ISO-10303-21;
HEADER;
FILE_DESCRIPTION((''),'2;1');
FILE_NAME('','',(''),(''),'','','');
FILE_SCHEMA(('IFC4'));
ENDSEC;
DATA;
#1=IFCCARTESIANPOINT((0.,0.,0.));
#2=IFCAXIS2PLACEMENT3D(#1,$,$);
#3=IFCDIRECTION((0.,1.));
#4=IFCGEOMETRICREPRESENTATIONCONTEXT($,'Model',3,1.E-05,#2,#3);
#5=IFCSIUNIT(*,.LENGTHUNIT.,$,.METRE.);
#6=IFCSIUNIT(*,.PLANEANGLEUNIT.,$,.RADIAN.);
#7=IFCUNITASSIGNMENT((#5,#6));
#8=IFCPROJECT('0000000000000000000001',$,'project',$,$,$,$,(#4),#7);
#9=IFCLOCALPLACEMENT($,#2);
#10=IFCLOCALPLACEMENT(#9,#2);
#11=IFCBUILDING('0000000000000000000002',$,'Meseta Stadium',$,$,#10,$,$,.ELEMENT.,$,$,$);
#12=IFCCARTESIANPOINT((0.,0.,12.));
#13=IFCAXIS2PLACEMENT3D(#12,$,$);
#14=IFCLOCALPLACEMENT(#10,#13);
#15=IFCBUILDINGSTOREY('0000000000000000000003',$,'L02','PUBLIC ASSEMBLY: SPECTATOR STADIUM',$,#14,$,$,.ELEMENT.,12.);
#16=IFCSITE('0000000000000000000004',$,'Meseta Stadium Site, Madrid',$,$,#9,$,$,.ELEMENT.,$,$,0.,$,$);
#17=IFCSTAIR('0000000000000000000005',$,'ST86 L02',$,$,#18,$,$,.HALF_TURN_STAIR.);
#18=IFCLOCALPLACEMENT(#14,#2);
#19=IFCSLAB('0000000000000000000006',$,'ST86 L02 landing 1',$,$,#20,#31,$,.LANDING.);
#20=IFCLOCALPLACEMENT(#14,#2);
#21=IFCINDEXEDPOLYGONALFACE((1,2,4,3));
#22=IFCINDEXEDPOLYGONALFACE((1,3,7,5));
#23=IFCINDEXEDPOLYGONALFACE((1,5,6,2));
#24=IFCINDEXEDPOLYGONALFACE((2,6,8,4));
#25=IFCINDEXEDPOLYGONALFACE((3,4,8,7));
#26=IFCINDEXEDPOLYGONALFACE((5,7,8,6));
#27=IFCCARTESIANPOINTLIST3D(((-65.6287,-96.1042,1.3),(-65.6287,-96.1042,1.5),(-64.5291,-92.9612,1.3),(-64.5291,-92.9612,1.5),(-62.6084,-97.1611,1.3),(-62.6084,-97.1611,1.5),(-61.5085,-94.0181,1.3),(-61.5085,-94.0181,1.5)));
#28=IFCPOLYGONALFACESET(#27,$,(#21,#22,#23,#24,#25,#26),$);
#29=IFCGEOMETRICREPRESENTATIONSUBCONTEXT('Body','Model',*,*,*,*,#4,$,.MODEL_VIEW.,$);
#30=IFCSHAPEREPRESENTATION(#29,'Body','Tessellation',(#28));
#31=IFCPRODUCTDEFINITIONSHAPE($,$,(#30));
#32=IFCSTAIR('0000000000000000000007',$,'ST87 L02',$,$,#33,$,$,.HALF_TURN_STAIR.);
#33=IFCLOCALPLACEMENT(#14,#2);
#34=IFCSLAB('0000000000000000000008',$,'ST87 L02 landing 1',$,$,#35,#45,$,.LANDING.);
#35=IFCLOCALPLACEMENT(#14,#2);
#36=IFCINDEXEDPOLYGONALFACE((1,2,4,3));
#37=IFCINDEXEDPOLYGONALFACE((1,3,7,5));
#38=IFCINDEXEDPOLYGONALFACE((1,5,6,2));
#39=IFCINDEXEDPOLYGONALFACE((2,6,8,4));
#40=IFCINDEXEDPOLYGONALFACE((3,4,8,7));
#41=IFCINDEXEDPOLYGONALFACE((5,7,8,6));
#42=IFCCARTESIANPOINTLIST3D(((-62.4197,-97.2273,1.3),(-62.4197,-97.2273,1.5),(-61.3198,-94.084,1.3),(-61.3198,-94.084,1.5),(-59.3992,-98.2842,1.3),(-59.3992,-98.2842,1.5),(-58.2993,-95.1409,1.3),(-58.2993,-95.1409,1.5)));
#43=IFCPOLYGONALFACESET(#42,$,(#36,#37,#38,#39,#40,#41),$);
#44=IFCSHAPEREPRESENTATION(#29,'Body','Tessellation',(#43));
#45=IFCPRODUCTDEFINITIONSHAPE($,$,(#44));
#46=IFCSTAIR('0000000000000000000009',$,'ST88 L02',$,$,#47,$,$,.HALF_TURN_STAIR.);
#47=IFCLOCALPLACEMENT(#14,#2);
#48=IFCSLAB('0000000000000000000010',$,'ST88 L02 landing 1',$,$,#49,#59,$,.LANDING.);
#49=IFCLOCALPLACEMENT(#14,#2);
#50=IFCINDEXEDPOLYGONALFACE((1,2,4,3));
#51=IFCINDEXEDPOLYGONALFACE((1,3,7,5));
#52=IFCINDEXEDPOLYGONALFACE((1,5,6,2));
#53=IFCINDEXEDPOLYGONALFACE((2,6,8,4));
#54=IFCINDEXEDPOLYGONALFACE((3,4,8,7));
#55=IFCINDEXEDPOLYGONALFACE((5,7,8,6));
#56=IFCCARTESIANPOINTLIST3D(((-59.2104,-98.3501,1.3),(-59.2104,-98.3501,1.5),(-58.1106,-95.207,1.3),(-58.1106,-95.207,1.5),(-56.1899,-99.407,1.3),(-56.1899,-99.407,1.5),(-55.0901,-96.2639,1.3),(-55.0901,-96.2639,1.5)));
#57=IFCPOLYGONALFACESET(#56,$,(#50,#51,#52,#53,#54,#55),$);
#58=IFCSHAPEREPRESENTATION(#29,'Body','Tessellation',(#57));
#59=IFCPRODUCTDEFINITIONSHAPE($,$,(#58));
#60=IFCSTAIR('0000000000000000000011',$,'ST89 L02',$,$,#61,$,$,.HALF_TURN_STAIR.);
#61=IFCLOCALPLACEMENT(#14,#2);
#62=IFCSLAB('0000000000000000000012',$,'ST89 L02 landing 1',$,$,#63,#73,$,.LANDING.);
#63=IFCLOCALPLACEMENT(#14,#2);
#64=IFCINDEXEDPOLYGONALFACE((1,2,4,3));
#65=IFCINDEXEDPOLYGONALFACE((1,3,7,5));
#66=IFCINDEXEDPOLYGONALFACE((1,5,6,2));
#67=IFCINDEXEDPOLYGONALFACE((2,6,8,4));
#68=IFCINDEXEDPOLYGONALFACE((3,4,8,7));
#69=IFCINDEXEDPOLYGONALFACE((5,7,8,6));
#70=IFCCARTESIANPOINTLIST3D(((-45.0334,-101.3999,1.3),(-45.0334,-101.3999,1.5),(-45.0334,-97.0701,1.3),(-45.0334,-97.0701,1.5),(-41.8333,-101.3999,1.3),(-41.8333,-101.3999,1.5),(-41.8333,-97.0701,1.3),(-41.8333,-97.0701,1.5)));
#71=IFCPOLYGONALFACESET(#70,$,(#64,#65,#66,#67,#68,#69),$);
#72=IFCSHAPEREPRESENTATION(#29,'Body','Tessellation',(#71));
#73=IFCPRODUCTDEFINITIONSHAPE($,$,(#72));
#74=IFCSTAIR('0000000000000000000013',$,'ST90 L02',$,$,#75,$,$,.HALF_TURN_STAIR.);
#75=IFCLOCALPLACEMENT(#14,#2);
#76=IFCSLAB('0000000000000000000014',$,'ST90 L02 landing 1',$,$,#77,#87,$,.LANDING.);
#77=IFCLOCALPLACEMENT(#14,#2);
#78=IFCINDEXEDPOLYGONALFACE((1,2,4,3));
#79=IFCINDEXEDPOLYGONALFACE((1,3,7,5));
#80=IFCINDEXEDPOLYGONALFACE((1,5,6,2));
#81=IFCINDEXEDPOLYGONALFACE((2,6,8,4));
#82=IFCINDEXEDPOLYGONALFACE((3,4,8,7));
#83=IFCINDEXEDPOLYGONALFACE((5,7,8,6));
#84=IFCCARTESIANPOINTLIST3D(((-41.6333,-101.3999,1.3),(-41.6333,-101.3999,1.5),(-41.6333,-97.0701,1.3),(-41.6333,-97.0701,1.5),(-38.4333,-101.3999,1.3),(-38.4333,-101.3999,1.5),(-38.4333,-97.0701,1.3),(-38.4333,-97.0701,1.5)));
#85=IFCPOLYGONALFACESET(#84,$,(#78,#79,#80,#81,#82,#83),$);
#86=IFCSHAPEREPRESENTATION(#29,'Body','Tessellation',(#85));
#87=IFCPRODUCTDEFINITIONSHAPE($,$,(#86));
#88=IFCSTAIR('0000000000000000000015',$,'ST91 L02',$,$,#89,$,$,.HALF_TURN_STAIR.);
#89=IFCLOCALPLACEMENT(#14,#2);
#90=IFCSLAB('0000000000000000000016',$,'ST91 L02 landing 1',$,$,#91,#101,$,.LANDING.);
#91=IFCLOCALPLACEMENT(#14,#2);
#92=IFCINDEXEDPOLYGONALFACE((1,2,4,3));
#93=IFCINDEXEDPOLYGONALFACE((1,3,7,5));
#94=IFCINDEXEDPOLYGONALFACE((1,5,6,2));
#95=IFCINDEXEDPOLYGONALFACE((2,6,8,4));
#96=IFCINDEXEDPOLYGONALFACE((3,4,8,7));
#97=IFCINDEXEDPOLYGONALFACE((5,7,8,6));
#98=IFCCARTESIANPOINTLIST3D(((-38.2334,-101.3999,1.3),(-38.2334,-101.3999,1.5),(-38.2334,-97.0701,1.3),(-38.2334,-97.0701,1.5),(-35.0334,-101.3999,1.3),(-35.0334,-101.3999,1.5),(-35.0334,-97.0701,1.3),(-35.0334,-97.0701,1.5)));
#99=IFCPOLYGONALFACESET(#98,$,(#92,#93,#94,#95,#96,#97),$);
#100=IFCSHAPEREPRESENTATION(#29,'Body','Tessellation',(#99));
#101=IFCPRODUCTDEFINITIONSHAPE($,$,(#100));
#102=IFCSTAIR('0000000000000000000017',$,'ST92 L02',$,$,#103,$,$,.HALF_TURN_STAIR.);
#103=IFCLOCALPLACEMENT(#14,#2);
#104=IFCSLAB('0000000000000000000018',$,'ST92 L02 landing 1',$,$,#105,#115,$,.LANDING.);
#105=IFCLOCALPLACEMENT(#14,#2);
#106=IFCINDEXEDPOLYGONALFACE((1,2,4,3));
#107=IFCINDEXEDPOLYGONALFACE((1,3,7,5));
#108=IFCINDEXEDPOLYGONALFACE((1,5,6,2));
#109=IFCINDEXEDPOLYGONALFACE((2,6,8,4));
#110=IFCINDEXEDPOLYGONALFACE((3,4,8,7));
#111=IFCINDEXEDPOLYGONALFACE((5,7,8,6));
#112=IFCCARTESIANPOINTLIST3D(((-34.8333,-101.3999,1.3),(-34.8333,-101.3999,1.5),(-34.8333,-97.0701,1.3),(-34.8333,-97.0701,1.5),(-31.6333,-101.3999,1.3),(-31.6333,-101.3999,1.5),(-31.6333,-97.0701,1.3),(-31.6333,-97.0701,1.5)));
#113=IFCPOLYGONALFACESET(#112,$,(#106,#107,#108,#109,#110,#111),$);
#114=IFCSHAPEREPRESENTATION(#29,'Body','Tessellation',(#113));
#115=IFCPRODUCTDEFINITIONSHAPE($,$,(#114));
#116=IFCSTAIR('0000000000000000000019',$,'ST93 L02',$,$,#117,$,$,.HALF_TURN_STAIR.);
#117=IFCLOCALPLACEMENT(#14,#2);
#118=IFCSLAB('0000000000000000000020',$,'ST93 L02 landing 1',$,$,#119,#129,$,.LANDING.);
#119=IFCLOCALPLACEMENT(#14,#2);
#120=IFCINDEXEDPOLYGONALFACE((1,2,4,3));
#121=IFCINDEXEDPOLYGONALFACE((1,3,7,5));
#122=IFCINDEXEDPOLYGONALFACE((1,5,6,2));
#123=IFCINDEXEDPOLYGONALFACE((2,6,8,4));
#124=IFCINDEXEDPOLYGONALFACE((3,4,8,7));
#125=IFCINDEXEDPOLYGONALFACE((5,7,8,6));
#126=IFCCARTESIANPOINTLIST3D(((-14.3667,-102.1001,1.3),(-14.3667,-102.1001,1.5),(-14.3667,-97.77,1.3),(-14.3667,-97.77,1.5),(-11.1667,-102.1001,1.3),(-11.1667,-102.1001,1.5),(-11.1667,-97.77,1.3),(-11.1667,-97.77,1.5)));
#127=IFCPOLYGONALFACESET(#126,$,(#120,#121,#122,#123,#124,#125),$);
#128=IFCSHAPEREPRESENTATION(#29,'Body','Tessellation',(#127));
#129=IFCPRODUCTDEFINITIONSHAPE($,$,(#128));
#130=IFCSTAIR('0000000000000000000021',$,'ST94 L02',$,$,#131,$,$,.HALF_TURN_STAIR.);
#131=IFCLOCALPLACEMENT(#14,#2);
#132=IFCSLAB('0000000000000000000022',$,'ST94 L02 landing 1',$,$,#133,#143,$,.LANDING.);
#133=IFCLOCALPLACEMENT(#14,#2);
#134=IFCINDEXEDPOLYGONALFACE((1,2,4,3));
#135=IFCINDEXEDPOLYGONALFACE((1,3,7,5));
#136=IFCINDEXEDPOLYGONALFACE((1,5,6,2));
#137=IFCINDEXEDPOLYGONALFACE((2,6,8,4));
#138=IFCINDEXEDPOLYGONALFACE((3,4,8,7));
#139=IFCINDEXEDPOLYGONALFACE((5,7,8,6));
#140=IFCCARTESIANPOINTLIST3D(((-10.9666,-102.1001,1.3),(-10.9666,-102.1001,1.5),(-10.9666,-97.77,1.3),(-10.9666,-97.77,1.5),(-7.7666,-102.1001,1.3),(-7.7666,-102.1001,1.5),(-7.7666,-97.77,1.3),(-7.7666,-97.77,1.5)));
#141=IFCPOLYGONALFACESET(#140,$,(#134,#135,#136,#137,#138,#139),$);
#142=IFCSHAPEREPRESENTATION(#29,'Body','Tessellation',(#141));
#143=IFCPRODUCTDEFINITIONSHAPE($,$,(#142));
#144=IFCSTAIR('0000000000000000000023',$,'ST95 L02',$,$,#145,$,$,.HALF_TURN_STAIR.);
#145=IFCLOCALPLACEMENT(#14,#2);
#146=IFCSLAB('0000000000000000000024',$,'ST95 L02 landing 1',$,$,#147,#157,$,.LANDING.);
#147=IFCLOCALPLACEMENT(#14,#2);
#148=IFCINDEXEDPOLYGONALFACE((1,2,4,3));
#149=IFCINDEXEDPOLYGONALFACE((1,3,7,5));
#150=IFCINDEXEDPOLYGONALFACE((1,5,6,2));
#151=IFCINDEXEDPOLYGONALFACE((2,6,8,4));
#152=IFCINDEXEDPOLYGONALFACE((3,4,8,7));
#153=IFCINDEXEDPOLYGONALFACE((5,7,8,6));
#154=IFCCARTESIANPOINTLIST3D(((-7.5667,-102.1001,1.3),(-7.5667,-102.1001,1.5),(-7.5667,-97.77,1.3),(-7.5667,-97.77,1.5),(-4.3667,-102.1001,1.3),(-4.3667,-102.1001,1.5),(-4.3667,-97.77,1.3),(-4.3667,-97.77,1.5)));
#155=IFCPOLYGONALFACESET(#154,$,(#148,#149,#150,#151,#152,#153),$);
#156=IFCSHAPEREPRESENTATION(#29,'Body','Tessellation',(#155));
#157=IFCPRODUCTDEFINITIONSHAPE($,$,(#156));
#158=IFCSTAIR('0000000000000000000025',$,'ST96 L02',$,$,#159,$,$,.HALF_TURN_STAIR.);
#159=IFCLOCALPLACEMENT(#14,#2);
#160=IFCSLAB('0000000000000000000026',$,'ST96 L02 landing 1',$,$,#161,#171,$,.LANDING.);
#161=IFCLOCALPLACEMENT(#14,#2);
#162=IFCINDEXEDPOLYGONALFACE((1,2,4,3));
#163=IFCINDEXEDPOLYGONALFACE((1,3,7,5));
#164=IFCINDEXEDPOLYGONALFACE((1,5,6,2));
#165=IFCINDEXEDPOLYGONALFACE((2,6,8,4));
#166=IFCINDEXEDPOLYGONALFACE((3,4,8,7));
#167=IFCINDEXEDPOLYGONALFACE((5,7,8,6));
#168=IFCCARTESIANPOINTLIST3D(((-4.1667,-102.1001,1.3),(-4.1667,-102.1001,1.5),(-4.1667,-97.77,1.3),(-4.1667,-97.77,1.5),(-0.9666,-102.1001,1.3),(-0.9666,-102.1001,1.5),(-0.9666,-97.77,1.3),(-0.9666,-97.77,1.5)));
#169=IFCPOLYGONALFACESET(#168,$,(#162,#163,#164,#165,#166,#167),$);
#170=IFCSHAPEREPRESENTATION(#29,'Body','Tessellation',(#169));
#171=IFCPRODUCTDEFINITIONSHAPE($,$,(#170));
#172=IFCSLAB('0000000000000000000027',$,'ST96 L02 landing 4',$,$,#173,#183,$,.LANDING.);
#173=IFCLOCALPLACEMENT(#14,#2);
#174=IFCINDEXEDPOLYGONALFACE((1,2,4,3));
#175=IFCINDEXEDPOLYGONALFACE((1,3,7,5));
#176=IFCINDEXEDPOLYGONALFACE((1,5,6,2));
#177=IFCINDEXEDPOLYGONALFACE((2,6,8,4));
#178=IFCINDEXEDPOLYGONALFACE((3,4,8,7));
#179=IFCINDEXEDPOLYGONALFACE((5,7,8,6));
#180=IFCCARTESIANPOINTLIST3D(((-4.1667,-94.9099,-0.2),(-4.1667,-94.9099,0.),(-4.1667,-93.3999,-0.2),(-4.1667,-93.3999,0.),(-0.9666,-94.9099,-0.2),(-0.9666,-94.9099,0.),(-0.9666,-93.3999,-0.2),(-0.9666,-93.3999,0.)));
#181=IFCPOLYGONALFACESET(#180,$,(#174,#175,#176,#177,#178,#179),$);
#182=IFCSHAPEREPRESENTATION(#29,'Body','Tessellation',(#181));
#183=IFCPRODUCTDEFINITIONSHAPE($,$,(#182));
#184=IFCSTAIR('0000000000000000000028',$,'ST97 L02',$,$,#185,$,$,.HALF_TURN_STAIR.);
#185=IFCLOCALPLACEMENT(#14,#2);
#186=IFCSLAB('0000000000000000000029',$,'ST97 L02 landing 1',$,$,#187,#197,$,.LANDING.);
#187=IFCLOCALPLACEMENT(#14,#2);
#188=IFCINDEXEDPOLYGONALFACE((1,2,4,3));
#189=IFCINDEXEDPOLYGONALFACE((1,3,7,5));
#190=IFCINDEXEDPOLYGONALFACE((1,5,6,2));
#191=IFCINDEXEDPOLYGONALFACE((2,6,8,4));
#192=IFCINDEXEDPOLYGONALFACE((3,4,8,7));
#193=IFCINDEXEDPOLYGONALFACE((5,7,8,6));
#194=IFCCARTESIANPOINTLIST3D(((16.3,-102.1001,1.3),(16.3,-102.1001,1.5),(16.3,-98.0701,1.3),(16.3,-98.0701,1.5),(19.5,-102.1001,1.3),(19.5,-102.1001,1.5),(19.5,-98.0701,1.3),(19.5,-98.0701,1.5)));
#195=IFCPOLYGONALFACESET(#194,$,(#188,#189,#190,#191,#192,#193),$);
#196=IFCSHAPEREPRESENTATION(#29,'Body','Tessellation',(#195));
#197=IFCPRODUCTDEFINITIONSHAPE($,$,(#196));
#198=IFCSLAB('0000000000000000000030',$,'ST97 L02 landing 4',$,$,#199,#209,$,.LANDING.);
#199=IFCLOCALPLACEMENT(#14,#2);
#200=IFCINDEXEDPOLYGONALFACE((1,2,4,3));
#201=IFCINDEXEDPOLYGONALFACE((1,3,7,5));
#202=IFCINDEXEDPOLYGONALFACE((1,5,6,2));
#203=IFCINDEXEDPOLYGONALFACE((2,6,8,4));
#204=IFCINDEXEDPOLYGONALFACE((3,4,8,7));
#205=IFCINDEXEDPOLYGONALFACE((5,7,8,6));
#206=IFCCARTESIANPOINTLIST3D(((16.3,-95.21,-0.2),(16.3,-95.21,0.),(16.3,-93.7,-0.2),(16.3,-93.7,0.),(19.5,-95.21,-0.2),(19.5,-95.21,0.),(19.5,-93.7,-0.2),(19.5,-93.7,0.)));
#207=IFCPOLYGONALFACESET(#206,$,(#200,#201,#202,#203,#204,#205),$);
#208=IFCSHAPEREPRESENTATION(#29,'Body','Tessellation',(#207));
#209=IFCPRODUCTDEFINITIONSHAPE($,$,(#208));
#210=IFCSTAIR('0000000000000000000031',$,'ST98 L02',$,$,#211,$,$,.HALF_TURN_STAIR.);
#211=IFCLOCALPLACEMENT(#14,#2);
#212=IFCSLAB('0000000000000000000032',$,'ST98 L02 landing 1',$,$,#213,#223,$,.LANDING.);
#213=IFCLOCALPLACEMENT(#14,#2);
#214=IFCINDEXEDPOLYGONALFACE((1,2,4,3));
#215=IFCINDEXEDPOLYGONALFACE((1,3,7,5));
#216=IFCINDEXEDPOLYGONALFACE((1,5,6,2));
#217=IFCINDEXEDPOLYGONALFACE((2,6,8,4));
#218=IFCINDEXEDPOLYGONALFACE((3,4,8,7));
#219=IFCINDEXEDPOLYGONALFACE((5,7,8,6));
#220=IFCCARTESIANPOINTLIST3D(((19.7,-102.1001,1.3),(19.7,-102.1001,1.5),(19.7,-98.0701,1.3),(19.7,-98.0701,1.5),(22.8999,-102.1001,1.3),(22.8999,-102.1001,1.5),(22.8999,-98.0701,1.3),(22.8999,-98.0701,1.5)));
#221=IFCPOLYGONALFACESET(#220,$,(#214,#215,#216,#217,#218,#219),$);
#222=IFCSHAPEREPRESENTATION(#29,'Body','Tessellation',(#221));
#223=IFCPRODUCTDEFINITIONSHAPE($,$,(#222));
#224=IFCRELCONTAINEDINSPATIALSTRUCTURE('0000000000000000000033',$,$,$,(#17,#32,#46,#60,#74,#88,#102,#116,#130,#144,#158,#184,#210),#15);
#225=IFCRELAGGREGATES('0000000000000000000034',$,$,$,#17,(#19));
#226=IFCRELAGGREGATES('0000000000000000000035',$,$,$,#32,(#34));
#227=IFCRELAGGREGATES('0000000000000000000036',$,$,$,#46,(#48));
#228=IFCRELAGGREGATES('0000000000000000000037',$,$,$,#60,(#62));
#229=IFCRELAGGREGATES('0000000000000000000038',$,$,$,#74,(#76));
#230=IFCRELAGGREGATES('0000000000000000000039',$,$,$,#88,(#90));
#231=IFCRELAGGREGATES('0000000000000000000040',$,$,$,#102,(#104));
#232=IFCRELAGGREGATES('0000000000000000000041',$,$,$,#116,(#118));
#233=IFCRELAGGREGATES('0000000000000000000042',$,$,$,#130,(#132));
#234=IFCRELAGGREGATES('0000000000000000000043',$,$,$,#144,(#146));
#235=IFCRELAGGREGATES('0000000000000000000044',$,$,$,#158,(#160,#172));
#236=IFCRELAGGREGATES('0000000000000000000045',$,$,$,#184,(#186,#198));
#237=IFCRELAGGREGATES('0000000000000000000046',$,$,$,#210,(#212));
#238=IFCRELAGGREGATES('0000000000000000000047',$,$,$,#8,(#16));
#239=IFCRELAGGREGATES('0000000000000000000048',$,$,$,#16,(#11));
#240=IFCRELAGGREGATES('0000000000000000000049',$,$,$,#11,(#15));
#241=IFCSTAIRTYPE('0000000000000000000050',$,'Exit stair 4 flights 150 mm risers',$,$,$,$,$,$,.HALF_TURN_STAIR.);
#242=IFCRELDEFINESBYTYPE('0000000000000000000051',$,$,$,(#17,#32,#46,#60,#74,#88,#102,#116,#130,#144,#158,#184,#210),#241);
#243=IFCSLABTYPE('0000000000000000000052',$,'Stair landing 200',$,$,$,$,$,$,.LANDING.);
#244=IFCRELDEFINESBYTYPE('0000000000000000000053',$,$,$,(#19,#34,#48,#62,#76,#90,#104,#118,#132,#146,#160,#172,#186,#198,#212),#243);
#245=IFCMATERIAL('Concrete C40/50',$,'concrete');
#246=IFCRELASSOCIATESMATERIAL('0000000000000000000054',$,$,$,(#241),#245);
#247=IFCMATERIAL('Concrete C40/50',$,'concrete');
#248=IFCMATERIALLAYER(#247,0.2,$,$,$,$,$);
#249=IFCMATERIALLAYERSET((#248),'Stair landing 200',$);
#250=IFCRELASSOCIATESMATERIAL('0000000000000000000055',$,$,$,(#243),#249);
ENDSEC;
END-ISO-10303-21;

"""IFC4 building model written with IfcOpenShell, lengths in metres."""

from ifc_helpers import new_model, si_unit, direction, frame, origin, place, context, subcontext, project, spatial, polyline, outline, extrude, material, layer, layer_set, type_object, element, aggregate, save


model = new_model("IFC4")

# Units and contexts
model_context = context("Model", 3, precision=1e-05, world=origin(), true_north=direction((0.0, 1.0)))
body_context = subcontext(model_context, "Body", "Model", "MODEL_VIEW")
ifc_project = project(units=[si_unit("LENGTHUNIT", "METRE"), si_unit("PLANEANGLEUNIT", "RADIAN")], contexts=[model_context])

# Site, building, storey
site_placement = place(None, origin())
site = spatial("IfcSite", under=ifc_project, at=site_placement, Name="Meseta Stadium Site, Madrid", CompositionType="ELEMENT", RefElevation=0.0)
building_placement = place(site_placement, origin())
building = spatial("IfcBuilding", under=site, at=building_placement, Name="Meseta Stadium", CompositionType="ELEMENT")
storey_placement = place(building_placement, frame((0.0, 0.0, 12.0)))
storey = spatial("IfcBuildingStorey", under=building, at=storey_placement, Name="L02", Description="PUBLIC ASSEMBLY: SPECTATOR STADIUM", CompositionType="ELEMENT", Elevation=12.0)

# Stairs, slabs
ifc_material_1 = material(Name="Concrete C40/50", Category="concrete")
stair_type = type_object("IfcStairType", Name="Exit stair 4 flights 150 mm risers", PredefinedType="HALF_TURN_STAIR", material=ifc_material_1)
stair_1_placement = place(storey_placement, origin())
stair_1 = element("IfcStair", 1, at=stair_1_placement, inside=storey, type_object=stair_type, Name="ST86 L02", PredefinedType="HALF_TURN_STAIR")
ifc_material_2 = material(Name="Concrete C40/50", Category="concrete")
ifc_layer = layer(ifc_material_2, 0.2)
ifc_layer_set = layer_set([ifc_layer], Name="Stair landing 200")
slab_type = type_object("IfcSlabType", Name="Stair landing 200", PredefinedType="LANDING", material=ifc_layer_set)
slab_1_placement = place(storey_placement, frame((0.0, 0.0, 1.3)))
slab_1 = element("IfcSlab", 2, at=slab_1_placement, type_object=slab_type, Name="ST86 L02 landing 1", PredefinedType="LANDING", context=body_context, shape_type="SweptSolid", body=[
    extrude(outline(polyline([(-64.5291, -92.9612), (-65.6287, -96.1042), (-62.6084, -97.1611), (-61.5085, -94.0181), (-64.5291, -92.9612)])), origin(), (0.0, 0.0, 1.0), 0.2),
])
aggregate(stair_1, [slab_1])
stair_2_placement = place(storey_placement, origin())
stair_2 = element("IfcStair", 3, at=stair_2_placement, inside=storey, type_object=stair_type, Name="ST87 L02", PredefinedType="HALF_TURN_STAIR")
slab_2_placement = place(storey_placement, frame((0.0, 0.0, 1.3)))
slab_2 = element("IfcSlab", 4, at=slab_2_placement, type_object=slab_type, Name="ST87 L02 landing 1", PredefinedType="LANDING", context=body_context, shape_type="SweptSolid", body=[
    extrude(outline(polyline([(-61.3198, -94.084), (-62.4197, -97.2273), (-59.3992, -98.2842), (-58.2993, -95.1409), (-61.3198, -94.084)])), origin(), (0.0, 0.0, 1.0), 0.2),
])
aggregate(stair_2, [slab_2])
stair_3_placement = place(storey_placement, origin())
stair_3 = element("IfcStair", 5, at=stair_3_placement, inside=storey, type_object=stair_type, Name="ST88 L02", PredefinedType="HALF_TURN_STAIR")
slab_3_placement = place(storey_placement, frame((0.0, 0.0, 1.3)))
slab_3 = element("IfcSlab", 6, at=slab_3_placement, type_object=slab_type, Name="ST88 L02 landing 1", PredefinedType="LANDING", context=body_context, shape_type="SweptSolid", body=[
    extrude(outline(polyline([(-58.1106, -95.207), (-59.2104, -98.3501), (-56.1899, -99.407), (-55.0901, -96.2639), (-58.1106, -95.207)])), origin(), (0.0, 0.0, 1.0), 0.2),
])
aggregate(stair_3, [slab_3])
stair_4_placement = place(storey_placement, origin())
stair_4 = element("IfcStair", 7, at=stair_4_placement, inside=storey, type_object=stair_type, Name="ST89 L02", PredefinedType="HALF_TURN_STAIR")
slab_4_placement = place(storey_placement, frame((0.0, 0.0, 1.3)))
slab_4 = element("IfcSlab", 8, at=slab_4_placement, type_object=slab_type, Name="ST89 L02 landing 1", PredefinedType="LANDING", context=body_context, shape_type="SweptSolid", body=[
    extrude(outline(polyline([(-45.0334, -97.0701), (-45.0334, -101.3999), (-41.8333, -101.3999), (-41.8333, -97.0701), (-45.0334, -97.0701)])), origin(), (0.0, 0.0, 1.0), 0.2),
])
aggregate(stair_4, [slab_4])
stair_5_placement = place(storey_placement, origin())
stair_5 = element("IfcStair", 9, at=stair_5_placement, inside=storey, type_object=stair_type, Name="ST90 L02", PredefinedType="HALF_TURN_STAIR")
slab_5_placement = place(storey_placement, frame((0.0, 0.0, 1.3)))
slab_5 = element("IfcSlab", 10, at=slab_5_placement, type_object=slab_type, Name="ST90 L02 landing 1", PredefinedType="LANDING", context=body_context, shape_type="SweptSolid", body=[
    extrude(outline(polyline([(-41.6333, -97.0701), (-41.6333, -101.3999), (-38.4333, -101.3999), (-38.4333, -97.0701), (-41.6333, -97.0701)])), origin(), (0.0, 0.0, 1.0), 0.2),
])
aggregate(stair_5, [slab_5])
stair_6_placement = place(storey_placement, origin())
stair_6 = element("IfcStair", 11, at=stair_6_placement, inside=storey, type_object=stair_type, Name="ST91 L02", PredefinedType="HALF_TURN_STAIR")
slab_6_placement = place(storey_placement, frame((0.0, 0.0, 1.3)))
slab_6 = element("IfcSlab", 12, at=slab_6_placement, type_object=slab_type, Name="ST91 L02 landing 1", PredefinedType="LANDING", context=body_context, shape_type="SweptSolid", body=[
    extrude(outline(polyline([(-38.2334, -97.0701), (-38.2334, -101.3999), (-35.0334, -101.3999), (-35.0334, -97.0701), (-38.2334, -97.0701)])), origin(), (0.0, 0.0, 1.0), 0.2),
])
aggregate(stair_6, [slab_6])
stair_7_placement = place(storey_placement, origin())
stair_7 = element("IfcStair", 13, at=stair_7_placement, inside=storey, type_object=stair_type, Name="ST92 L02", PredefinedType="HALF_TURN_STAIR")
slab_7_placement = place(storey_placement, frame((0.0, 0.0, 1.3)))
slab_7 = element("IfcSlab", 14, at=slab_7_placement, type_object=slab_type, Name="ST92 L02 landing 1", PredefinedType="LANDING", context=body_context, shape_type="SweptSolid", body=[
    extrude(outline(polyline([(-34.8333, -97.0701), (-34.8333, -101.3999), (-31.6333, -101.3999), (-31.6333, -97.0701), (-34.8333, -97.0701)])), origin(), (0.0, 0.0, 1.0), 0.2),
])
aggregate(stair_7, [slab_7])
stair_8_placement = place(storey_placement, origin())
stair_8 = element("IfcStair", 15, at=stair_8_placement, inside=storey, type_object=stair_type, Name="ST93 L02", PredefinedType="HALF_TURN_STAIR")
slab_8_placement = place(storey_placement, frame((0.0, 0.0, 1.3)))
slab_8 = element("IfcSlab", 16, at=slab_8_placement, type_object=slab_type, Name="ST93 L02 landing 1", PredefinedType="LANDING", context=body_context, shape_type="SweptSolid", body=[
    extrude(outline(polyline([(-14.3667, -97.77), (-14.3667, -102.1001), (-11.1667, -102.1001), (-11.1667, -97.77), (-14.3667, -97.77)])), origin(), (0.0, 0.0, 1.0), 0.2),
])
aggregate(stair_8, [slab_8])
stair_9_placement = place(storey_placement, origin())
stair_9 = element("IfcStair", 17, at=stair_9_placement, inside=storey, type_object=stair_type, Name="ST94 L02", PredefinedType="HALF_TURN_STAIR")
slab_9_placement = place(storey_placement, frame((0.0, 0.0, 1.3)))
slab_9 = element("IfcSlab", 18, at=slab_9_placement, type_object=slab_type, Name="ST94 L02 landing 1", PredefinedType="LANDING", context=body_context, shape_type="SweptSolid", body=[
    extrude(outline(polyline([(-10.9666, -97.77), (-10.9666, -102.1001), (-7.7666, -102.1001), (-7.7666, -97.77), (-10.9666, -97.77)])), origin(), (0.0, 0.0, 1.0), 0.2),
])
aggregate(stair_9, [slab_9])
stair_10_placement = place(storey_placement, origin())
stair_10 = element("IfcStair", 19, at=stair_10_placement, inside=storey, type_object=stair_type, Name="ST95 L02", PredefinedType="HALF_TURN_STAIR")
slab_10_placement = place(storey_placement, frame((0.0, 0.0, 1.3)))
slab_10 = element("IfcSlab", 20, at=slab_10_placement, type_object=slab_type, Name="ST95 L02 landing 1", PredefinedType="LANDING", context=body_context, shape_type="SweptSolid", body=[
    extrude(outline(polyline([(-7.5667, -97.77), (-7.5667, -102.1001), (-4.3667, -102.1001), (-4.3667, -97.77), (-7.5667, -97.77)])), origin(), (0.0, 0.0, 1.0), 0.2),
])
aggregate(stair_10, [slab_10])

# Stairs, slabs
stair_11_placement = place(storey_placement, origin())
stair_11 = element("IfcStair", 21, at=stair_11_placement, inside=storey, type_object=stair_type, Name="ST96 L02", PredefinedType="HALF_TURN_STAIR")
slab_11_placement = place(storey_placement, frame((0.0, 0.0, 1.3)))
slab_11 = element("IfcSlab", 22, at=slab_11_placement, type_object=slab_type, Name="ST96 L02 landing 1", PredefinedType="LANDING", context=body_context, shape_type="SweptSolid", body=[
    extrude(outline(polyline([(-4.1667, -97.77), (-4.1667, -102.1001), (-0.9666, -102.1001), (-0.9666, -97.77), (-4.1667, -97.77)])), origin(), (0.0, 0.0, 1.0), 0.2),
])
slab_12_placement = place(storey_placement, frame((0.0, 0.0, -0.2)))
slab_12 = element("IfcSlab", 23, at=slab_12_placement, type_object=slab_type, Name="ST96 L02 landing 4", PredefinedType="LANDING", context=body_context, shape_type="SweptSolid", body=[
    extrude(outline(polyline([(-4.1667, -93.3999), (-4.1667, -94.9099), (-0.9666, -94.9099), (-0.9666, -93.3999), (-4.1667, -93.3999)])), origin(), (0.0, 0.0, 1.0), 0.2),
])
aggregate(stair_11, [slab_11, slab_12])
stair_12_placement = place(storey_placement, origin())
stair_12 = element("IfcStair", 24, at=stair_12_placement, inside=storey, type_object=stair_type, Name="ST97 L02", PredefinedType="HALF_TURN_STAIR")
slab_13_placement = place(storey_placement, frame((0.0, 0.0, 1.3)))
slab_13 = element("IfcSlab", 25, at=slab_13_placement, type_object=slab_type, Name="ST97 L02 landing 1", PredefinedType="LANDING", context=body_context, shape_type="SweptSolid", body=[
    extrude(outline(polyline([(16.3, -98.0701), (16.3, -102.1001), (19.5, -102.1001), (19.5, -98.0701), (16.3, -98.0701)])), origin(), (0.0, 0.0, 1.0), 0.2),
])
slab_14_placement = place(storey_placement, frame((0.0, 0.0, -0.2)))
slab_14 = element("IfcSlab", 26, at=slab_14_placement, type_object=slab_type, Name="ST97 L02 landing 4", PredefinedType="LANDING", context=body_context, shape_type="SweptSolid", body=[
    extrude(outline(polyline([(16.3, -93.7), (16.3, -95.21), (19.5, -95.21), (19.5, -93.7), (16.3, -93.7)])), origin(), (0.0, 0.0, 1.0), 0.2),
])
aggregate(stair_12, [slab_13, slab_14])
stair_13_placement = place(storey_placement, origin())
stair_13 = element("IfcStair", 27, at=stair_13_placement, inside=storey, type_object=stair_type, Name="ST98 L02", PredefinedType="HALF_TURN_STAIR")
slab_15_placement = place(storey_placement, frame((0.0, 0.0, 1.3)))
slab_15 = element("IfcSlab", 28, at=slab_15_placement, type_object=slab_type, Name="ST98 L02 landing 1", PredefinedType="LANDING", context=body_context, shape_type="SweptSolid", body=[
    extrude(outline(polyline([(19.7, -98.0701), (19.7, -102.1001), (22.8999, -102.1001), (22.8999, -98.0701), (19.7, -98.0701)])), origin(), (0.0, 0.0, 1.0), 0.2),
])
aggregate(stair_13, [slab_15])

save(model, "model.ifc")
